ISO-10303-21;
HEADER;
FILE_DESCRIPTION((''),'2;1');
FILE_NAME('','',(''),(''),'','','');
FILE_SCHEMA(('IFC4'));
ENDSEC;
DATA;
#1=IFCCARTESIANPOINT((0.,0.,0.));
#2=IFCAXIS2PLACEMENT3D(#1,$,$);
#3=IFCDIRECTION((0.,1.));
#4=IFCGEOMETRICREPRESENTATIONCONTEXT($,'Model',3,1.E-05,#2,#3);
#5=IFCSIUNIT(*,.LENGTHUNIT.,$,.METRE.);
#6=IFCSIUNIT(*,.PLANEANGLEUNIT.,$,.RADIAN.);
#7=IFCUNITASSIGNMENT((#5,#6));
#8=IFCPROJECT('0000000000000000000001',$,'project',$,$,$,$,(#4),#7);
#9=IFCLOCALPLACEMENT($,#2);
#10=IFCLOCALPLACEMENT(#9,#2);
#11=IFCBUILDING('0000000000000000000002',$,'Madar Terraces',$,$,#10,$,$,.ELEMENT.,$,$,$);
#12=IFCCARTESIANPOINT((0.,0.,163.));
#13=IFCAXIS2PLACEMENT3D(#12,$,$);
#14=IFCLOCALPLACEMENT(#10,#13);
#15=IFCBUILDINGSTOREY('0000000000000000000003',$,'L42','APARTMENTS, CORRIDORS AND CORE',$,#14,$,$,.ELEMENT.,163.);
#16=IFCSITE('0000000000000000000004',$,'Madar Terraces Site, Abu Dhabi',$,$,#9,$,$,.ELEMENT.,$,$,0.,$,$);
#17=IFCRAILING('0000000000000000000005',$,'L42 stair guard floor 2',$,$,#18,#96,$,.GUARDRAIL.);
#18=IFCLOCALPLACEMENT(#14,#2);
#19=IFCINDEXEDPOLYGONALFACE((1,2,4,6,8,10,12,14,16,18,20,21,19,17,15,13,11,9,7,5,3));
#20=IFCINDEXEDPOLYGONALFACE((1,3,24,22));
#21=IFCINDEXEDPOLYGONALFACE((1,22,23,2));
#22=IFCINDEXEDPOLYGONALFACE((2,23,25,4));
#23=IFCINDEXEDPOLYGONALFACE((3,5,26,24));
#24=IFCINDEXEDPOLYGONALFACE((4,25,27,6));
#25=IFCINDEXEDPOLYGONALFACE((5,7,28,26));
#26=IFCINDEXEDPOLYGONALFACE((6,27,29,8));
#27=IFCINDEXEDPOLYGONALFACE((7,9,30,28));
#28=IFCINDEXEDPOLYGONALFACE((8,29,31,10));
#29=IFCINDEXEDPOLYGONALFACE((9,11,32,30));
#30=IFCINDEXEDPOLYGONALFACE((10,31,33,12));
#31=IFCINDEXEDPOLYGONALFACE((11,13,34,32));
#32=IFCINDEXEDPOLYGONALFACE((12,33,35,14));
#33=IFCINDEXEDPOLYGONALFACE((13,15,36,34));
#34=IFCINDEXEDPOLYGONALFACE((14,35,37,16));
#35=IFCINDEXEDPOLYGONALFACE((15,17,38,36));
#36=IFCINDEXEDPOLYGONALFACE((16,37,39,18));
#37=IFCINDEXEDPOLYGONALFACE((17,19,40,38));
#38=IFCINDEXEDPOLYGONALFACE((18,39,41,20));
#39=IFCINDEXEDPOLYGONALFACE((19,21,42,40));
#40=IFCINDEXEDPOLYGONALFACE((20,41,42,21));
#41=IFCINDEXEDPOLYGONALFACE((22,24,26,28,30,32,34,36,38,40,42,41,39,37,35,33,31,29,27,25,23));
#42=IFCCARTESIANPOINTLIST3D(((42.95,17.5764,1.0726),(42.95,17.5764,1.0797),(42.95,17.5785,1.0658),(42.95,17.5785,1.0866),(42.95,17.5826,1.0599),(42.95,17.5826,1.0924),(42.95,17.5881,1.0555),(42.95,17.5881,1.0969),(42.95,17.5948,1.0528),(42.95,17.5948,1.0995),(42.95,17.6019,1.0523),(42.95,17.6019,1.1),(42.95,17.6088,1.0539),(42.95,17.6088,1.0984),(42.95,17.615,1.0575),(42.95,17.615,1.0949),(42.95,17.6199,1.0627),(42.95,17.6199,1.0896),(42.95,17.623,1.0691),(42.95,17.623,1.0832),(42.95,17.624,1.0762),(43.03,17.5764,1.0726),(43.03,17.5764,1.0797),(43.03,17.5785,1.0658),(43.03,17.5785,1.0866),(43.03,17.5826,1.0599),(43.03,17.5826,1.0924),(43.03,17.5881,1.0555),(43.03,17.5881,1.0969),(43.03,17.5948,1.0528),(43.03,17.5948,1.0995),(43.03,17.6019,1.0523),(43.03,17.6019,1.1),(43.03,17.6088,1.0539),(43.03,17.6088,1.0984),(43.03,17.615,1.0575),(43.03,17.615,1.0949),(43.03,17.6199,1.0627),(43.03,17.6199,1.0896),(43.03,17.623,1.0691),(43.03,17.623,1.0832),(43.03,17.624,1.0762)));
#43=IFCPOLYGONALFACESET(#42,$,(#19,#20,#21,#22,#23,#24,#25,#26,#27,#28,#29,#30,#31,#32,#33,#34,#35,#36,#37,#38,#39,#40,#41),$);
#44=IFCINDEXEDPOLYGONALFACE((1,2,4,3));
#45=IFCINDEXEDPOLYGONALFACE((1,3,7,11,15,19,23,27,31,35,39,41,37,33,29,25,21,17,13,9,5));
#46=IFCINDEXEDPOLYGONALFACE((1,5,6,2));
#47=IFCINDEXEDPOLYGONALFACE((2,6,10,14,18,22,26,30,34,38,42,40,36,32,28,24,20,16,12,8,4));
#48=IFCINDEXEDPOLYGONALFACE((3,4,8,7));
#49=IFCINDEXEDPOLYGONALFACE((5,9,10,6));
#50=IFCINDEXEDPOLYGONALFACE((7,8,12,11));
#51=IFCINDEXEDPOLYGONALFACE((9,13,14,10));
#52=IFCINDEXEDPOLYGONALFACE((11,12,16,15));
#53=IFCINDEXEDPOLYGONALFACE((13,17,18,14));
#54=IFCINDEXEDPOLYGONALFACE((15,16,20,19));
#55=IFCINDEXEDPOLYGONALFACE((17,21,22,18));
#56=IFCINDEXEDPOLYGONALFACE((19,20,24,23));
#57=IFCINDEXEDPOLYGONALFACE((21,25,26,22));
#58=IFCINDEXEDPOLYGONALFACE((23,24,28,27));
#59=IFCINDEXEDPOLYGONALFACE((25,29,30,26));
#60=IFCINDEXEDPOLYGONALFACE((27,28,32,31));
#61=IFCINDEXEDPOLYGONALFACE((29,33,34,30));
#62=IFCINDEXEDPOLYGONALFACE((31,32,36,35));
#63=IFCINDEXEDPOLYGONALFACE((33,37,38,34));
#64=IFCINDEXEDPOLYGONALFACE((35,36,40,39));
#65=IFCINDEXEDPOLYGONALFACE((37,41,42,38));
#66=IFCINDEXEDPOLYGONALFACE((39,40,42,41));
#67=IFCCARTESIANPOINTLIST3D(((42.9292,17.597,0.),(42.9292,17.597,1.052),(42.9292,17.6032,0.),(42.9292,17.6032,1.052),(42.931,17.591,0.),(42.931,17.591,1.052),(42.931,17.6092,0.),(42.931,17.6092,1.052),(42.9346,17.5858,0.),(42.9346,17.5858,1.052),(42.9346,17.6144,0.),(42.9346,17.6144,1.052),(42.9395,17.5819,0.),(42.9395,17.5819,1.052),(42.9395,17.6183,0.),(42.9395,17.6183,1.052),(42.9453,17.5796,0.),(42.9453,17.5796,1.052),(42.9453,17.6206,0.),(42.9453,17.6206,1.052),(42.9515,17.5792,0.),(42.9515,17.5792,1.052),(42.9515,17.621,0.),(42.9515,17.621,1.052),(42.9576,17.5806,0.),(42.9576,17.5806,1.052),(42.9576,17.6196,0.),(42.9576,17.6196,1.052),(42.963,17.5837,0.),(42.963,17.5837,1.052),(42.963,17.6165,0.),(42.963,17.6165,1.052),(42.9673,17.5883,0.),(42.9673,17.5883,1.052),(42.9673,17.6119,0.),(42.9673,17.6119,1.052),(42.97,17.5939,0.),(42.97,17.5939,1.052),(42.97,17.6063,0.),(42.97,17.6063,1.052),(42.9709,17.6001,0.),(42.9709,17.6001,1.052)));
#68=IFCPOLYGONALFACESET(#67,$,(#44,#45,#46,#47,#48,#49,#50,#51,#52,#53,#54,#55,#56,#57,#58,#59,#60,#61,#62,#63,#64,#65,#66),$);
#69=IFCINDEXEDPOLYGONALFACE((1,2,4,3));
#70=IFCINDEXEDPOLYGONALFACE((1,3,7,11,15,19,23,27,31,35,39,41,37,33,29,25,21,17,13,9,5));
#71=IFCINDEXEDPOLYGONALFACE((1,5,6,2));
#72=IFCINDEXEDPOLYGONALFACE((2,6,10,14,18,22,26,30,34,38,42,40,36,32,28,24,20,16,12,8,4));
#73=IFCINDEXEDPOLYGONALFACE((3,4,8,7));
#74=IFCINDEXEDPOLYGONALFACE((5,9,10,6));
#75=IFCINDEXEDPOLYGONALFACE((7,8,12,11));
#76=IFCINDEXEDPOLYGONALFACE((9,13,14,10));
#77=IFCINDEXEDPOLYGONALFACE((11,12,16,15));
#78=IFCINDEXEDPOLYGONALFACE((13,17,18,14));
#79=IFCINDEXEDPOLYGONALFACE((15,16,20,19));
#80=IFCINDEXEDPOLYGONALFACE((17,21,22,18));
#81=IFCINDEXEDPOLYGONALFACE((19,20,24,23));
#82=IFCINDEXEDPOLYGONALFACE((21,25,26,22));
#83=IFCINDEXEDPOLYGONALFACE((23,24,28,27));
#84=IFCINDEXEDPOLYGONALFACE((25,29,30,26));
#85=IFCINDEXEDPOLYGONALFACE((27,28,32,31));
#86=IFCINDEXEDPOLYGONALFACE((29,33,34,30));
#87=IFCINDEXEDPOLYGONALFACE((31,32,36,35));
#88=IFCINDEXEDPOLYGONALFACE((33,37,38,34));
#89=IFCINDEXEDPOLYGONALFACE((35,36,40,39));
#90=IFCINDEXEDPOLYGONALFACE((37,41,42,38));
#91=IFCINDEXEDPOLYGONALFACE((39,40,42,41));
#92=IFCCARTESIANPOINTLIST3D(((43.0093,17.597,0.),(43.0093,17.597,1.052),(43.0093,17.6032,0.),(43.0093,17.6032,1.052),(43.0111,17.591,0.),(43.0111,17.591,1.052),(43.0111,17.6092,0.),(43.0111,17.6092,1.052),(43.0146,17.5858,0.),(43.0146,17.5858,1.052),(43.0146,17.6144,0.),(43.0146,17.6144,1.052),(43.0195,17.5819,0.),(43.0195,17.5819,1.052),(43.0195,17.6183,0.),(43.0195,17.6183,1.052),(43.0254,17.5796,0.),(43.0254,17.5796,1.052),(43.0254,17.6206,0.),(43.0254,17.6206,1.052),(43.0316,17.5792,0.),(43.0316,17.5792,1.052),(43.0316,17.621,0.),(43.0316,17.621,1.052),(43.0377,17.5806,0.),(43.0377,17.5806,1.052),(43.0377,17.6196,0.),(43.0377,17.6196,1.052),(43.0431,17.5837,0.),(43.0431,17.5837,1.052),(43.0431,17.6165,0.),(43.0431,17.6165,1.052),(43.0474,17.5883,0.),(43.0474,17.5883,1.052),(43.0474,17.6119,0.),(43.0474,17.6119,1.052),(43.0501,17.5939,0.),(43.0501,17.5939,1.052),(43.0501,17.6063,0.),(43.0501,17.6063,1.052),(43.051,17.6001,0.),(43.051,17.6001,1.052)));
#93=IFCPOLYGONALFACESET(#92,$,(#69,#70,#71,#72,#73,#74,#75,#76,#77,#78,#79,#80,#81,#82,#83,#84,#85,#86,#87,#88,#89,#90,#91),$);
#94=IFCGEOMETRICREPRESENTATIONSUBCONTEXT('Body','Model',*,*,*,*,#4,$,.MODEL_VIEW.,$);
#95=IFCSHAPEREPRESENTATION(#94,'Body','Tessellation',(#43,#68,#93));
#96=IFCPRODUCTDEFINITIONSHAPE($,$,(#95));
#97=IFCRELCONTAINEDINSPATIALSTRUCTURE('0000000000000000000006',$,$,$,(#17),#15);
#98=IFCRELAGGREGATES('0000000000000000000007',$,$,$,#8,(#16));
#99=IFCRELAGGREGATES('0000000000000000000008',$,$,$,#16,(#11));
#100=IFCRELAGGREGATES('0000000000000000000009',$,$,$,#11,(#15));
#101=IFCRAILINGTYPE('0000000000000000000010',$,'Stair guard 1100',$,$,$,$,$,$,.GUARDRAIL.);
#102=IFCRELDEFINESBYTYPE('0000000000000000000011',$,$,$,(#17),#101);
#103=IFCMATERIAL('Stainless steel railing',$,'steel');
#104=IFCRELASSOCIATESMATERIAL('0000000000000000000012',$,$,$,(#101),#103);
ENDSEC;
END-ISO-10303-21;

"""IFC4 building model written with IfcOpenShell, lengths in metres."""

from ifc_helpers import new_model, si_unit, direction, frame, origin, origin_2d, place, context, subcontext, project, spatial, circle, extrude, material, type_object, element, save


model = new_model("IFC4")

# Units and contexts
model_context = context("Model", 3, precision=1e-05, world=origin(), true_north=direction((0.0, 1.0)))
body_context = subcontext(model_context, "Body", "Model", "MODEL_VIEW")
ifc_project = project(units=[si_unit("LENGTHUNIT", "METRE"), si_unit("PLANEANGLEUNIT", "RADIAN")], contexts=[model_context])

# Site, building, storey
site_placement = place(None, origin())
site = spatial("IfcSite", under=ifc_project, at=site_placement, Name="Madar Terraces Site, Abu Dhabi", CompositionType="ELEMENT", RefElevation=0.0)
building_placement = place(site_placement, origin())
building = spatial("IfcBuilding", under=site, at=building_placement, Name="Madar Terraces", CompositionType="ELEMENT")
storey_placement = place(building_placement, frame((0.0, 0.0, 163.0)))
storey = spatial("IfcBuildingStorey", under=building, at=storey_placement, Name="L42", Description="APARTMENTS, CORRIDORS AND CORE", CompositionType="ELEMENT", Elevation=163.0)

# Railing
ifc_material_1 = material(Name="Stainless steel railing", Category="steel")
railing_type_1 = type_object("IfcRailingType", Name="Stair guard 1100", PredefinedType="GUARDRAIL", material=ifc_material_1)
railing_1_placement = place(storey_placement, frame((42.95, 17.6001, 0.0)))
element("IfcRailing", 1, at=railing_1_placement, inside=storey, type_object=railing_type_1, Name="L42 stair guard floor 2", PredefinedType="GUARDRAIL", context=body_context, shape_type="SweptSolid", body=[
    extrude(circle(Radius=0.0239, at=origin_2d()), frame((0.0, 0.0, 1.0762), z_axis=(1.0, 0.0, 0.0), x_axis=(0.0, 1.0, 0.0)), (0.0, 0.0, 1.0), 0.0801),
    extrude(circle(Radius=0.021, at=origin_2d()), origin(), (0.0, 0.0, 1.0), 1.052),
    extrude(circle(Radius=0.021, at=origin_2d()), frame((0.0801, 0.0, 0.0)), (0.0, 0.0, 1.0), 1.052),
])

save(model, "model.ifc")
